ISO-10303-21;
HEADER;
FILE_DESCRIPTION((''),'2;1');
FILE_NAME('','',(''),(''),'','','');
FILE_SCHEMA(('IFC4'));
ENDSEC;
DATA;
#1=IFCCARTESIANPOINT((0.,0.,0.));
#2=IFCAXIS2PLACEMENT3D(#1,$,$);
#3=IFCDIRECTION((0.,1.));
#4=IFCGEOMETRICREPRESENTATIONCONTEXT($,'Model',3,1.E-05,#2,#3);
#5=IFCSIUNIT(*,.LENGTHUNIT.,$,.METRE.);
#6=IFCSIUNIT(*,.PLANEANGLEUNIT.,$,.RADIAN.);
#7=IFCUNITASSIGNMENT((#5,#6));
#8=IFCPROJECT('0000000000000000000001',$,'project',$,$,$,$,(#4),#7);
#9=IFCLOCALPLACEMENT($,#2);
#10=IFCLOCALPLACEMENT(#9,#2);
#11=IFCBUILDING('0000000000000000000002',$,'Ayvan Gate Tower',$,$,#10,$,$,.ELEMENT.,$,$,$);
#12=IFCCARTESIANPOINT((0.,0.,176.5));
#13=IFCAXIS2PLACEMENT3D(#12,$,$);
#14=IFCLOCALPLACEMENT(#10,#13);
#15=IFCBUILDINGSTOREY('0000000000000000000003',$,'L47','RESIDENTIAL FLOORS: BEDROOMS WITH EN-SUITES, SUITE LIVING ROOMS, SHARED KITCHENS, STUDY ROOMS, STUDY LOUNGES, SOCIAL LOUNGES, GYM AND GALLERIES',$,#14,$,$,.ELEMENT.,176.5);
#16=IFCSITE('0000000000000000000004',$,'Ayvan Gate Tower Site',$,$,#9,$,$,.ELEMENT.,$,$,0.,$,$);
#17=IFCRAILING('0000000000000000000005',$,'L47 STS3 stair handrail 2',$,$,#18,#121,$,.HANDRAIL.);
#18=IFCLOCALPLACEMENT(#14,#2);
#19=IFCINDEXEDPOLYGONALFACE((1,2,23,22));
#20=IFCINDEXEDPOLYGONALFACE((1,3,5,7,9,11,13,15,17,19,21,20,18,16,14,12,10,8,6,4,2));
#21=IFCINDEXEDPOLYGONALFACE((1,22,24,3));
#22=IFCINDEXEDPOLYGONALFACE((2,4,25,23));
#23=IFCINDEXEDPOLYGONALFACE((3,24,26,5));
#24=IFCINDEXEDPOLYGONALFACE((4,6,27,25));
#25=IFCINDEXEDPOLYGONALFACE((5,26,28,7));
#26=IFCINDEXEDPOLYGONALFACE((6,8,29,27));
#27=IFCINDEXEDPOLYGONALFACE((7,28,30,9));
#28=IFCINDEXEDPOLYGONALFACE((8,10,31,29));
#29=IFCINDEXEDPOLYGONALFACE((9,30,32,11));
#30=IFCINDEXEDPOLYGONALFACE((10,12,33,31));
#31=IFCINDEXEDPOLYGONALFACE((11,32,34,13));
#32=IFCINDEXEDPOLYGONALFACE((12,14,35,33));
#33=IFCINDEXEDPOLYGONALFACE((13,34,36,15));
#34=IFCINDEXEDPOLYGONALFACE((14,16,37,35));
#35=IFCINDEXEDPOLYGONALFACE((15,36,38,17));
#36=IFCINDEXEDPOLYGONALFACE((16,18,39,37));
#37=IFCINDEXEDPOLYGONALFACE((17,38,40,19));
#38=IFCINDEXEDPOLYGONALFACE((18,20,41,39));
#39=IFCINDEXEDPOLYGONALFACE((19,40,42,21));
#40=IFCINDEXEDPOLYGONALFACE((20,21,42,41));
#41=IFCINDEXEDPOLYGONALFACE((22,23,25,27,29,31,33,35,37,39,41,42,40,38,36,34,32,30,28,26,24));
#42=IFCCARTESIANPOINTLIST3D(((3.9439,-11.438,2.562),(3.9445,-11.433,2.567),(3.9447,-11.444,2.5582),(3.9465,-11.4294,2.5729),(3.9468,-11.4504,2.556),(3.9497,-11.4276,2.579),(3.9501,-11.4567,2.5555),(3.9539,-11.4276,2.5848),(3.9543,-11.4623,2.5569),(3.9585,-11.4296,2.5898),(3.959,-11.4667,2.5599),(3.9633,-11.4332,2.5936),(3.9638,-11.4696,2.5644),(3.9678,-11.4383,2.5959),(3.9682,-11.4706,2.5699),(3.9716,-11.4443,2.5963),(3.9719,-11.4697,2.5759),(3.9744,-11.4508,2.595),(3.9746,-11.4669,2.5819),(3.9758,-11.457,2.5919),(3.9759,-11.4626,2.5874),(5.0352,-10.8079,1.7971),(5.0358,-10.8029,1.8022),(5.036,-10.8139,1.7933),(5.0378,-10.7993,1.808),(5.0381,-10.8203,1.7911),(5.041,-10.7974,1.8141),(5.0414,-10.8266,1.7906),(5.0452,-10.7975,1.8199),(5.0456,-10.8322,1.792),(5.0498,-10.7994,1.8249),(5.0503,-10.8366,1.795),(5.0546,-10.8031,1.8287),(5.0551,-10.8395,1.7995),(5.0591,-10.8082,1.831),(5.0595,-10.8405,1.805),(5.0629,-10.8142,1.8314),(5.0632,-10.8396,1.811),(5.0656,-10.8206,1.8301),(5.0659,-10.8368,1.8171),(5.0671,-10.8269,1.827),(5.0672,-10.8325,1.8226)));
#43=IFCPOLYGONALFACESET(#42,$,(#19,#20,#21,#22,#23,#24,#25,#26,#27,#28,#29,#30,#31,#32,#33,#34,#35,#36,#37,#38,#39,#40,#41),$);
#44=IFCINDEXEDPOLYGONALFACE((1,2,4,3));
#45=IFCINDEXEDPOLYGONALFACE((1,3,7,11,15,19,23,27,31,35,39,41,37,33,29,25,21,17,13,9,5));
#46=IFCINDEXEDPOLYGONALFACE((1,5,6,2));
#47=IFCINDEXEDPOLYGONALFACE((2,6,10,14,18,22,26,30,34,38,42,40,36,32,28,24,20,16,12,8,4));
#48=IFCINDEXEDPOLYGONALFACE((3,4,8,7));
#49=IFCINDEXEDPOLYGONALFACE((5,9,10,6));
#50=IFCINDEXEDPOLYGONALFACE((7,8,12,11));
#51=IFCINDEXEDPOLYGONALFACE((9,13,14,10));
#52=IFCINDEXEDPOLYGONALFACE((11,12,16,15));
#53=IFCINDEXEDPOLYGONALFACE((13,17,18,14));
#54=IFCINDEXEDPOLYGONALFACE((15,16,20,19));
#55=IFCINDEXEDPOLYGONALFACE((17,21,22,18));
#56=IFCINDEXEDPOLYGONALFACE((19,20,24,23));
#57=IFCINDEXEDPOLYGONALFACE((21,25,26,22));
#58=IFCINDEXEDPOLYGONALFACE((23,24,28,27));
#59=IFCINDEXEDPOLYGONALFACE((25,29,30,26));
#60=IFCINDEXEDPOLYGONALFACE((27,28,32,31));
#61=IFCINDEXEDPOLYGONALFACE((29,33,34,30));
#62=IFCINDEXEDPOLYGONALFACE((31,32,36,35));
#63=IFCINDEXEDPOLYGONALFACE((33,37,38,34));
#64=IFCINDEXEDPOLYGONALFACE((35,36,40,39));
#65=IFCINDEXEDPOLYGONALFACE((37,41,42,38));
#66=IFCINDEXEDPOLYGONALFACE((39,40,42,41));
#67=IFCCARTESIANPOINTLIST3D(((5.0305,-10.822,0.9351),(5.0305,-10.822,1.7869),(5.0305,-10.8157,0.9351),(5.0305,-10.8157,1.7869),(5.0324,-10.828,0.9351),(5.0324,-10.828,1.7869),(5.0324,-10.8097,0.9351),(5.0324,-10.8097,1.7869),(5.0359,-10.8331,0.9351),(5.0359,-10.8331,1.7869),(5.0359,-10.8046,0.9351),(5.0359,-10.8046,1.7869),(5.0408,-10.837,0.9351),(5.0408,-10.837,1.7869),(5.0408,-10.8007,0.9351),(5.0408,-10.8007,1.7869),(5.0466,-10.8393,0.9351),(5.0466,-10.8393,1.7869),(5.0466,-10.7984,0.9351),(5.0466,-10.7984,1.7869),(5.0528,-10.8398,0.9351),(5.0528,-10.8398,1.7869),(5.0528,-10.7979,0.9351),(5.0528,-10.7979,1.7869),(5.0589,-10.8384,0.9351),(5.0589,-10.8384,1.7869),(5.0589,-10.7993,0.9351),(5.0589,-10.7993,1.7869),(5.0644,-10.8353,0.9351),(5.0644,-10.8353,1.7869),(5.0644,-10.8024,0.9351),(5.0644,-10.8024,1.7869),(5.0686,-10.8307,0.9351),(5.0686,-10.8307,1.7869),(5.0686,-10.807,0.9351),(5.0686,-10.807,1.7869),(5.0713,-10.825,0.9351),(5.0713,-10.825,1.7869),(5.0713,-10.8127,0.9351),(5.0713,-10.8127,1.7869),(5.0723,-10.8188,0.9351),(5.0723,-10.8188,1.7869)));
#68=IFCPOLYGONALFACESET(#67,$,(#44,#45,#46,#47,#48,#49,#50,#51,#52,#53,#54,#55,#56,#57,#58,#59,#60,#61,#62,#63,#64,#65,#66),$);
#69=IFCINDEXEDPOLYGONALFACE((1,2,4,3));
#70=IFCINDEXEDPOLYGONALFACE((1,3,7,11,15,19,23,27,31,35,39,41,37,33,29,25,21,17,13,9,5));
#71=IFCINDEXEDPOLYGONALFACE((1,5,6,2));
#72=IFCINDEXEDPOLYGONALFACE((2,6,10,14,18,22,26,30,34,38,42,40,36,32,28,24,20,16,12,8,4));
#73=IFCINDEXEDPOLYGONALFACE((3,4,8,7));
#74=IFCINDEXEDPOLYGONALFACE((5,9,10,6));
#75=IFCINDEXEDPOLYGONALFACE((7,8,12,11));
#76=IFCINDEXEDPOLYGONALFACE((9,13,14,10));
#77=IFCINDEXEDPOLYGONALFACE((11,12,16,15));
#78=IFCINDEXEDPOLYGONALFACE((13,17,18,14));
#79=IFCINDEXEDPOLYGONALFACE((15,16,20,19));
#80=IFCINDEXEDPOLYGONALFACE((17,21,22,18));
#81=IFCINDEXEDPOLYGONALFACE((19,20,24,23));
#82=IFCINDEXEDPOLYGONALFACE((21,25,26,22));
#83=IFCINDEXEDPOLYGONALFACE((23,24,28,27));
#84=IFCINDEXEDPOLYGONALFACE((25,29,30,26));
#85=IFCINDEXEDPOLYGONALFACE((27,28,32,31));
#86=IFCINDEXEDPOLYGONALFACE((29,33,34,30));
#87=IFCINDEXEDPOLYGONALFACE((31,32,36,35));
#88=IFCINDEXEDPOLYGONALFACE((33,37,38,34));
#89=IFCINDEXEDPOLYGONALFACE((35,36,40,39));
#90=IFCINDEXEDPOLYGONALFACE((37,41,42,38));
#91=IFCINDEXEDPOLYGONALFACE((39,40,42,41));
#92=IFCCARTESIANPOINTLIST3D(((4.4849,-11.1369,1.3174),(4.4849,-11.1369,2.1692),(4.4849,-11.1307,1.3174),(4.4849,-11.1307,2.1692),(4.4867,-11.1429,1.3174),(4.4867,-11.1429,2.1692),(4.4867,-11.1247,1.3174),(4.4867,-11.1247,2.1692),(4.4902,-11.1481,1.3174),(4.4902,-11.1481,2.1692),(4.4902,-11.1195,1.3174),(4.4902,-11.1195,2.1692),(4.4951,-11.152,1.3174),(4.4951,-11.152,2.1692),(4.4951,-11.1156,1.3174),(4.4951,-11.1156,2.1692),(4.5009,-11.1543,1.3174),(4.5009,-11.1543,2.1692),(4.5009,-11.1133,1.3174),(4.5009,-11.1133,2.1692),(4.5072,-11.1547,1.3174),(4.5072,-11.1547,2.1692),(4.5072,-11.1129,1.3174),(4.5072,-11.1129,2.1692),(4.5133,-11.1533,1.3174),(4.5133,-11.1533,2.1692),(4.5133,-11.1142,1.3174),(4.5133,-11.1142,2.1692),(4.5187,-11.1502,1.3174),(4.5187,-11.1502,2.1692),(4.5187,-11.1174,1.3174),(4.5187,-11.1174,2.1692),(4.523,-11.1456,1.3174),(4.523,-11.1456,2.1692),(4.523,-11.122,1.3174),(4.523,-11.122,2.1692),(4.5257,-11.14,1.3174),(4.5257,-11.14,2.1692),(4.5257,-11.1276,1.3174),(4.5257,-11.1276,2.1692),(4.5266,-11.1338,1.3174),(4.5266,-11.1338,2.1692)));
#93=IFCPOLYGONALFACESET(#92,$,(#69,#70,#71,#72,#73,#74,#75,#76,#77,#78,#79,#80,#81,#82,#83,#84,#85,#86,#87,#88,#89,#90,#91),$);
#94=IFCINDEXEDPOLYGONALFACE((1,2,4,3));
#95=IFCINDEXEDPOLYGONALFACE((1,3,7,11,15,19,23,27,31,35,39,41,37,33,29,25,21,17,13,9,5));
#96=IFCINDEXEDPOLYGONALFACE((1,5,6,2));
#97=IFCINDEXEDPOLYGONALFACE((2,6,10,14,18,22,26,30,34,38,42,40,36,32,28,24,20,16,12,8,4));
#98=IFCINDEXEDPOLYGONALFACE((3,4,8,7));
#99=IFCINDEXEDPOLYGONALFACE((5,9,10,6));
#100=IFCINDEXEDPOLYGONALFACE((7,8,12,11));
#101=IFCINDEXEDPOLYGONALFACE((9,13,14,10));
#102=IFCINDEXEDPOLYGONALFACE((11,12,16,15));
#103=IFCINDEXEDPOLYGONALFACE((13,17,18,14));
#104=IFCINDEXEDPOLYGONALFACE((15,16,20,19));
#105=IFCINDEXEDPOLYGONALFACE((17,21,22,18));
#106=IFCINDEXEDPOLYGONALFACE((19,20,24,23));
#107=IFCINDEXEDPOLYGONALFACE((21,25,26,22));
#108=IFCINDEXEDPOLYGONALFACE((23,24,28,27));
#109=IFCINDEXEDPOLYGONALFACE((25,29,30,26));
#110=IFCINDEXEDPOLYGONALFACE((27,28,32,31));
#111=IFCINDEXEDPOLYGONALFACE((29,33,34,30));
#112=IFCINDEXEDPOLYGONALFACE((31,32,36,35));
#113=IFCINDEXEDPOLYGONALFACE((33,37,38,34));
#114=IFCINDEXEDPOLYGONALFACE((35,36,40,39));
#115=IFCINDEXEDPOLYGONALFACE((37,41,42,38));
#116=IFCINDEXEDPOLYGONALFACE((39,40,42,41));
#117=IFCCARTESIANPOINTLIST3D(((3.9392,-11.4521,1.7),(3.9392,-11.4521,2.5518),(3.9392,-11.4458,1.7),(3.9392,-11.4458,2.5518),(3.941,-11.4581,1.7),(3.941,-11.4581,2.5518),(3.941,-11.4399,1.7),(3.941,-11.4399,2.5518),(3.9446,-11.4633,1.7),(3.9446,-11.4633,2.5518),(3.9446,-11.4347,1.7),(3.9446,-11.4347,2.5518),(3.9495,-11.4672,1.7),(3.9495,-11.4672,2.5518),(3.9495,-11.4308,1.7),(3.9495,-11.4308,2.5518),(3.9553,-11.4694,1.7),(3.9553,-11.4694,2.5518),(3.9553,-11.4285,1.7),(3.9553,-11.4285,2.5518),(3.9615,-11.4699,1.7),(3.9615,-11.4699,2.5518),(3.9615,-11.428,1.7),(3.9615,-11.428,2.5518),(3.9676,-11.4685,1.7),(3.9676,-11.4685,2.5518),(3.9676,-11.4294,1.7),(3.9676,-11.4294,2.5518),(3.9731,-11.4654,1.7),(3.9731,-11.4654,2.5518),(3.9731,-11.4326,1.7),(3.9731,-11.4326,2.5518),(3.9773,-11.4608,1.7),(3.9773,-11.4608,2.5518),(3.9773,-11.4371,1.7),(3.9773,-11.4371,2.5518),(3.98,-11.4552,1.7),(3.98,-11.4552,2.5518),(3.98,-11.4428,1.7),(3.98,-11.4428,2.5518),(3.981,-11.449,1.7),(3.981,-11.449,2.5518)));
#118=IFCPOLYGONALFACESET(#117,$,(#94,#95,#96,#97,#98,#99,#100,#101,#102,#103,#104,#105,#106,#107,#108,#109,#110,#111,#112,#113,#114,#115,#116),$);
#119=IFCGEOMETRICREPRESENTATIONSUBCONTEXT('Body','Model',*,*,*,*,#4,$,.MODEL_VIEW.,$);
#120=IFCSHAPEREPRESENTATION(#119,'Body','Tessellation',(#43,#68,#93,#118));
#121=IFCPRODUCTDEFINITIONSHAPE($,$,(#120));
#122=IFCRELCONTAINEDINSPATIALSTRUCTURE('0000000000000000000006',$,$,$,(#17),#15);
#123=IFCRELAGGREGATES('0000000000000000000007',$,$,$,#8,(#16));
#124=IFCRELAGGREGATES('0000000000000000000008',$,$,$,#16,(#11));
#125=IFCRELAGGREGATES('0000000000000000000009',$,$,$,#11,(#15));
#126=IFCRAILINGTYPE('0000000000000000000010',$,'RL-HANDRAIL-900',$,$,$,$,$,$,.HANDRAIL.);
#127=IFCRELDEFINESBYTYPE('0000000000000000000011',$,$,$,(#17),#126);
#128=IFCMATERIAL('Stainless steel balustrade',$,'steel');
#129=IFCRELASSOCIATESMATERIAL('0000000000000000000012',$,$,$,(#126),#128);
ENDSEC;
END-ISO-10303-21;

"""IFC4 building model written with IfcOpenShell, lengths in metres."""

from ifc_helpers import new_model, si_unit, direction, frame, origin, origin_2d, place, context, subcontext, project, spatial, circle, extrude, material, type_object, element, save


model = new_model("IFC4")

# Units and contexts
model_context = context("Model", 3, precision=1e-05, world=origin(), true_north=direction((0.0, 1.0)))
body_context = subcontext(model_context, "Body", "Model", "MODEL_VIEW")
ifc_project = project(units=[si_unit("LENGTHUNIT", "METRE"), si_unit("PLANEANGLEUNIT", "RADIAN")], contexts=[model_context])

# Site, building, storey
site_placement = place(None, origin())
site = spatial("IfcSite", under=ifc_project, at=site_placement, Name="Ayvan Gate Tower Site", CompositionType="ELEMENT", RefElevation=0.0)
building_placement = place(site_placement, origin())
building = spatial("IfcBuilding", under=site, at=building_placement, Name="Ayvan Gate Tower", CompositionType="ELEMENT")
storey_placement = place(building_placement, frame((0.0, 0.0, 176.5)))
storey = spatial("IfcBuildingStorey", under=building, at=storey_placement, Name="L47", Description="RESIDENTIAL FLOORS: BEDROOMS WITH EN-SUITES, SUITE LIVING ROOMS, SHARED KITCHENS, STUDY ROOMS, STUDY LOUNGES, SOCIAL LOUNGES, GYM AND GALLERIES", CompositionType="ELEMENT", Elevation=176.5)

# Railing
ifc_material_1 = material(Name="Stainless steel balustrade", Category="steel")
railing_type_1 = type_object("IfcRailingType", Name="RL-HANDRAIL-900", PredefinedType="HANDRAIL", material=ifc_material_1)
railing_1_placement = place(storey_placement, frame((5.0513, -10.8188, 0.9351)))
element("IfcRailing", 1, at=railing_1_placement, inside=storey, type_object=railing_type_1, Name="L47 STS3 stair handrail 2", PredefinedType="HANDRAIL", context=body_context, shape_type="SweptSolid", body=[
    extrude(circle(Radius=0.0239, at=origin_2d()), frame((0.0, 0.0, 0.876), z_axis=(-0.740304, -0.427455, 0.518875), x_axis=(0.500035, -0.866005, 0.0)), (0.0, 0.0, 1.0), 1.4741),
    extrude(circle(Radius=0.021, at=origin_2d()), origin(), (0.0, 0.0, 1.0), 0.8518),
    extrude(circle(Radius=0.021, at=origin_2d()), frame((-0.5457, -0.3149, 0.3823)), (0.0, 0.0, 1.0), 0.8518),
    extrude(circle(Radius=0.021, at=origin_2d()), frame((-1.0913, -0.6301, 0.7649)), (0.0, 0.0, 1.0), 0.8518),
])

save(model, "model.ifc")
